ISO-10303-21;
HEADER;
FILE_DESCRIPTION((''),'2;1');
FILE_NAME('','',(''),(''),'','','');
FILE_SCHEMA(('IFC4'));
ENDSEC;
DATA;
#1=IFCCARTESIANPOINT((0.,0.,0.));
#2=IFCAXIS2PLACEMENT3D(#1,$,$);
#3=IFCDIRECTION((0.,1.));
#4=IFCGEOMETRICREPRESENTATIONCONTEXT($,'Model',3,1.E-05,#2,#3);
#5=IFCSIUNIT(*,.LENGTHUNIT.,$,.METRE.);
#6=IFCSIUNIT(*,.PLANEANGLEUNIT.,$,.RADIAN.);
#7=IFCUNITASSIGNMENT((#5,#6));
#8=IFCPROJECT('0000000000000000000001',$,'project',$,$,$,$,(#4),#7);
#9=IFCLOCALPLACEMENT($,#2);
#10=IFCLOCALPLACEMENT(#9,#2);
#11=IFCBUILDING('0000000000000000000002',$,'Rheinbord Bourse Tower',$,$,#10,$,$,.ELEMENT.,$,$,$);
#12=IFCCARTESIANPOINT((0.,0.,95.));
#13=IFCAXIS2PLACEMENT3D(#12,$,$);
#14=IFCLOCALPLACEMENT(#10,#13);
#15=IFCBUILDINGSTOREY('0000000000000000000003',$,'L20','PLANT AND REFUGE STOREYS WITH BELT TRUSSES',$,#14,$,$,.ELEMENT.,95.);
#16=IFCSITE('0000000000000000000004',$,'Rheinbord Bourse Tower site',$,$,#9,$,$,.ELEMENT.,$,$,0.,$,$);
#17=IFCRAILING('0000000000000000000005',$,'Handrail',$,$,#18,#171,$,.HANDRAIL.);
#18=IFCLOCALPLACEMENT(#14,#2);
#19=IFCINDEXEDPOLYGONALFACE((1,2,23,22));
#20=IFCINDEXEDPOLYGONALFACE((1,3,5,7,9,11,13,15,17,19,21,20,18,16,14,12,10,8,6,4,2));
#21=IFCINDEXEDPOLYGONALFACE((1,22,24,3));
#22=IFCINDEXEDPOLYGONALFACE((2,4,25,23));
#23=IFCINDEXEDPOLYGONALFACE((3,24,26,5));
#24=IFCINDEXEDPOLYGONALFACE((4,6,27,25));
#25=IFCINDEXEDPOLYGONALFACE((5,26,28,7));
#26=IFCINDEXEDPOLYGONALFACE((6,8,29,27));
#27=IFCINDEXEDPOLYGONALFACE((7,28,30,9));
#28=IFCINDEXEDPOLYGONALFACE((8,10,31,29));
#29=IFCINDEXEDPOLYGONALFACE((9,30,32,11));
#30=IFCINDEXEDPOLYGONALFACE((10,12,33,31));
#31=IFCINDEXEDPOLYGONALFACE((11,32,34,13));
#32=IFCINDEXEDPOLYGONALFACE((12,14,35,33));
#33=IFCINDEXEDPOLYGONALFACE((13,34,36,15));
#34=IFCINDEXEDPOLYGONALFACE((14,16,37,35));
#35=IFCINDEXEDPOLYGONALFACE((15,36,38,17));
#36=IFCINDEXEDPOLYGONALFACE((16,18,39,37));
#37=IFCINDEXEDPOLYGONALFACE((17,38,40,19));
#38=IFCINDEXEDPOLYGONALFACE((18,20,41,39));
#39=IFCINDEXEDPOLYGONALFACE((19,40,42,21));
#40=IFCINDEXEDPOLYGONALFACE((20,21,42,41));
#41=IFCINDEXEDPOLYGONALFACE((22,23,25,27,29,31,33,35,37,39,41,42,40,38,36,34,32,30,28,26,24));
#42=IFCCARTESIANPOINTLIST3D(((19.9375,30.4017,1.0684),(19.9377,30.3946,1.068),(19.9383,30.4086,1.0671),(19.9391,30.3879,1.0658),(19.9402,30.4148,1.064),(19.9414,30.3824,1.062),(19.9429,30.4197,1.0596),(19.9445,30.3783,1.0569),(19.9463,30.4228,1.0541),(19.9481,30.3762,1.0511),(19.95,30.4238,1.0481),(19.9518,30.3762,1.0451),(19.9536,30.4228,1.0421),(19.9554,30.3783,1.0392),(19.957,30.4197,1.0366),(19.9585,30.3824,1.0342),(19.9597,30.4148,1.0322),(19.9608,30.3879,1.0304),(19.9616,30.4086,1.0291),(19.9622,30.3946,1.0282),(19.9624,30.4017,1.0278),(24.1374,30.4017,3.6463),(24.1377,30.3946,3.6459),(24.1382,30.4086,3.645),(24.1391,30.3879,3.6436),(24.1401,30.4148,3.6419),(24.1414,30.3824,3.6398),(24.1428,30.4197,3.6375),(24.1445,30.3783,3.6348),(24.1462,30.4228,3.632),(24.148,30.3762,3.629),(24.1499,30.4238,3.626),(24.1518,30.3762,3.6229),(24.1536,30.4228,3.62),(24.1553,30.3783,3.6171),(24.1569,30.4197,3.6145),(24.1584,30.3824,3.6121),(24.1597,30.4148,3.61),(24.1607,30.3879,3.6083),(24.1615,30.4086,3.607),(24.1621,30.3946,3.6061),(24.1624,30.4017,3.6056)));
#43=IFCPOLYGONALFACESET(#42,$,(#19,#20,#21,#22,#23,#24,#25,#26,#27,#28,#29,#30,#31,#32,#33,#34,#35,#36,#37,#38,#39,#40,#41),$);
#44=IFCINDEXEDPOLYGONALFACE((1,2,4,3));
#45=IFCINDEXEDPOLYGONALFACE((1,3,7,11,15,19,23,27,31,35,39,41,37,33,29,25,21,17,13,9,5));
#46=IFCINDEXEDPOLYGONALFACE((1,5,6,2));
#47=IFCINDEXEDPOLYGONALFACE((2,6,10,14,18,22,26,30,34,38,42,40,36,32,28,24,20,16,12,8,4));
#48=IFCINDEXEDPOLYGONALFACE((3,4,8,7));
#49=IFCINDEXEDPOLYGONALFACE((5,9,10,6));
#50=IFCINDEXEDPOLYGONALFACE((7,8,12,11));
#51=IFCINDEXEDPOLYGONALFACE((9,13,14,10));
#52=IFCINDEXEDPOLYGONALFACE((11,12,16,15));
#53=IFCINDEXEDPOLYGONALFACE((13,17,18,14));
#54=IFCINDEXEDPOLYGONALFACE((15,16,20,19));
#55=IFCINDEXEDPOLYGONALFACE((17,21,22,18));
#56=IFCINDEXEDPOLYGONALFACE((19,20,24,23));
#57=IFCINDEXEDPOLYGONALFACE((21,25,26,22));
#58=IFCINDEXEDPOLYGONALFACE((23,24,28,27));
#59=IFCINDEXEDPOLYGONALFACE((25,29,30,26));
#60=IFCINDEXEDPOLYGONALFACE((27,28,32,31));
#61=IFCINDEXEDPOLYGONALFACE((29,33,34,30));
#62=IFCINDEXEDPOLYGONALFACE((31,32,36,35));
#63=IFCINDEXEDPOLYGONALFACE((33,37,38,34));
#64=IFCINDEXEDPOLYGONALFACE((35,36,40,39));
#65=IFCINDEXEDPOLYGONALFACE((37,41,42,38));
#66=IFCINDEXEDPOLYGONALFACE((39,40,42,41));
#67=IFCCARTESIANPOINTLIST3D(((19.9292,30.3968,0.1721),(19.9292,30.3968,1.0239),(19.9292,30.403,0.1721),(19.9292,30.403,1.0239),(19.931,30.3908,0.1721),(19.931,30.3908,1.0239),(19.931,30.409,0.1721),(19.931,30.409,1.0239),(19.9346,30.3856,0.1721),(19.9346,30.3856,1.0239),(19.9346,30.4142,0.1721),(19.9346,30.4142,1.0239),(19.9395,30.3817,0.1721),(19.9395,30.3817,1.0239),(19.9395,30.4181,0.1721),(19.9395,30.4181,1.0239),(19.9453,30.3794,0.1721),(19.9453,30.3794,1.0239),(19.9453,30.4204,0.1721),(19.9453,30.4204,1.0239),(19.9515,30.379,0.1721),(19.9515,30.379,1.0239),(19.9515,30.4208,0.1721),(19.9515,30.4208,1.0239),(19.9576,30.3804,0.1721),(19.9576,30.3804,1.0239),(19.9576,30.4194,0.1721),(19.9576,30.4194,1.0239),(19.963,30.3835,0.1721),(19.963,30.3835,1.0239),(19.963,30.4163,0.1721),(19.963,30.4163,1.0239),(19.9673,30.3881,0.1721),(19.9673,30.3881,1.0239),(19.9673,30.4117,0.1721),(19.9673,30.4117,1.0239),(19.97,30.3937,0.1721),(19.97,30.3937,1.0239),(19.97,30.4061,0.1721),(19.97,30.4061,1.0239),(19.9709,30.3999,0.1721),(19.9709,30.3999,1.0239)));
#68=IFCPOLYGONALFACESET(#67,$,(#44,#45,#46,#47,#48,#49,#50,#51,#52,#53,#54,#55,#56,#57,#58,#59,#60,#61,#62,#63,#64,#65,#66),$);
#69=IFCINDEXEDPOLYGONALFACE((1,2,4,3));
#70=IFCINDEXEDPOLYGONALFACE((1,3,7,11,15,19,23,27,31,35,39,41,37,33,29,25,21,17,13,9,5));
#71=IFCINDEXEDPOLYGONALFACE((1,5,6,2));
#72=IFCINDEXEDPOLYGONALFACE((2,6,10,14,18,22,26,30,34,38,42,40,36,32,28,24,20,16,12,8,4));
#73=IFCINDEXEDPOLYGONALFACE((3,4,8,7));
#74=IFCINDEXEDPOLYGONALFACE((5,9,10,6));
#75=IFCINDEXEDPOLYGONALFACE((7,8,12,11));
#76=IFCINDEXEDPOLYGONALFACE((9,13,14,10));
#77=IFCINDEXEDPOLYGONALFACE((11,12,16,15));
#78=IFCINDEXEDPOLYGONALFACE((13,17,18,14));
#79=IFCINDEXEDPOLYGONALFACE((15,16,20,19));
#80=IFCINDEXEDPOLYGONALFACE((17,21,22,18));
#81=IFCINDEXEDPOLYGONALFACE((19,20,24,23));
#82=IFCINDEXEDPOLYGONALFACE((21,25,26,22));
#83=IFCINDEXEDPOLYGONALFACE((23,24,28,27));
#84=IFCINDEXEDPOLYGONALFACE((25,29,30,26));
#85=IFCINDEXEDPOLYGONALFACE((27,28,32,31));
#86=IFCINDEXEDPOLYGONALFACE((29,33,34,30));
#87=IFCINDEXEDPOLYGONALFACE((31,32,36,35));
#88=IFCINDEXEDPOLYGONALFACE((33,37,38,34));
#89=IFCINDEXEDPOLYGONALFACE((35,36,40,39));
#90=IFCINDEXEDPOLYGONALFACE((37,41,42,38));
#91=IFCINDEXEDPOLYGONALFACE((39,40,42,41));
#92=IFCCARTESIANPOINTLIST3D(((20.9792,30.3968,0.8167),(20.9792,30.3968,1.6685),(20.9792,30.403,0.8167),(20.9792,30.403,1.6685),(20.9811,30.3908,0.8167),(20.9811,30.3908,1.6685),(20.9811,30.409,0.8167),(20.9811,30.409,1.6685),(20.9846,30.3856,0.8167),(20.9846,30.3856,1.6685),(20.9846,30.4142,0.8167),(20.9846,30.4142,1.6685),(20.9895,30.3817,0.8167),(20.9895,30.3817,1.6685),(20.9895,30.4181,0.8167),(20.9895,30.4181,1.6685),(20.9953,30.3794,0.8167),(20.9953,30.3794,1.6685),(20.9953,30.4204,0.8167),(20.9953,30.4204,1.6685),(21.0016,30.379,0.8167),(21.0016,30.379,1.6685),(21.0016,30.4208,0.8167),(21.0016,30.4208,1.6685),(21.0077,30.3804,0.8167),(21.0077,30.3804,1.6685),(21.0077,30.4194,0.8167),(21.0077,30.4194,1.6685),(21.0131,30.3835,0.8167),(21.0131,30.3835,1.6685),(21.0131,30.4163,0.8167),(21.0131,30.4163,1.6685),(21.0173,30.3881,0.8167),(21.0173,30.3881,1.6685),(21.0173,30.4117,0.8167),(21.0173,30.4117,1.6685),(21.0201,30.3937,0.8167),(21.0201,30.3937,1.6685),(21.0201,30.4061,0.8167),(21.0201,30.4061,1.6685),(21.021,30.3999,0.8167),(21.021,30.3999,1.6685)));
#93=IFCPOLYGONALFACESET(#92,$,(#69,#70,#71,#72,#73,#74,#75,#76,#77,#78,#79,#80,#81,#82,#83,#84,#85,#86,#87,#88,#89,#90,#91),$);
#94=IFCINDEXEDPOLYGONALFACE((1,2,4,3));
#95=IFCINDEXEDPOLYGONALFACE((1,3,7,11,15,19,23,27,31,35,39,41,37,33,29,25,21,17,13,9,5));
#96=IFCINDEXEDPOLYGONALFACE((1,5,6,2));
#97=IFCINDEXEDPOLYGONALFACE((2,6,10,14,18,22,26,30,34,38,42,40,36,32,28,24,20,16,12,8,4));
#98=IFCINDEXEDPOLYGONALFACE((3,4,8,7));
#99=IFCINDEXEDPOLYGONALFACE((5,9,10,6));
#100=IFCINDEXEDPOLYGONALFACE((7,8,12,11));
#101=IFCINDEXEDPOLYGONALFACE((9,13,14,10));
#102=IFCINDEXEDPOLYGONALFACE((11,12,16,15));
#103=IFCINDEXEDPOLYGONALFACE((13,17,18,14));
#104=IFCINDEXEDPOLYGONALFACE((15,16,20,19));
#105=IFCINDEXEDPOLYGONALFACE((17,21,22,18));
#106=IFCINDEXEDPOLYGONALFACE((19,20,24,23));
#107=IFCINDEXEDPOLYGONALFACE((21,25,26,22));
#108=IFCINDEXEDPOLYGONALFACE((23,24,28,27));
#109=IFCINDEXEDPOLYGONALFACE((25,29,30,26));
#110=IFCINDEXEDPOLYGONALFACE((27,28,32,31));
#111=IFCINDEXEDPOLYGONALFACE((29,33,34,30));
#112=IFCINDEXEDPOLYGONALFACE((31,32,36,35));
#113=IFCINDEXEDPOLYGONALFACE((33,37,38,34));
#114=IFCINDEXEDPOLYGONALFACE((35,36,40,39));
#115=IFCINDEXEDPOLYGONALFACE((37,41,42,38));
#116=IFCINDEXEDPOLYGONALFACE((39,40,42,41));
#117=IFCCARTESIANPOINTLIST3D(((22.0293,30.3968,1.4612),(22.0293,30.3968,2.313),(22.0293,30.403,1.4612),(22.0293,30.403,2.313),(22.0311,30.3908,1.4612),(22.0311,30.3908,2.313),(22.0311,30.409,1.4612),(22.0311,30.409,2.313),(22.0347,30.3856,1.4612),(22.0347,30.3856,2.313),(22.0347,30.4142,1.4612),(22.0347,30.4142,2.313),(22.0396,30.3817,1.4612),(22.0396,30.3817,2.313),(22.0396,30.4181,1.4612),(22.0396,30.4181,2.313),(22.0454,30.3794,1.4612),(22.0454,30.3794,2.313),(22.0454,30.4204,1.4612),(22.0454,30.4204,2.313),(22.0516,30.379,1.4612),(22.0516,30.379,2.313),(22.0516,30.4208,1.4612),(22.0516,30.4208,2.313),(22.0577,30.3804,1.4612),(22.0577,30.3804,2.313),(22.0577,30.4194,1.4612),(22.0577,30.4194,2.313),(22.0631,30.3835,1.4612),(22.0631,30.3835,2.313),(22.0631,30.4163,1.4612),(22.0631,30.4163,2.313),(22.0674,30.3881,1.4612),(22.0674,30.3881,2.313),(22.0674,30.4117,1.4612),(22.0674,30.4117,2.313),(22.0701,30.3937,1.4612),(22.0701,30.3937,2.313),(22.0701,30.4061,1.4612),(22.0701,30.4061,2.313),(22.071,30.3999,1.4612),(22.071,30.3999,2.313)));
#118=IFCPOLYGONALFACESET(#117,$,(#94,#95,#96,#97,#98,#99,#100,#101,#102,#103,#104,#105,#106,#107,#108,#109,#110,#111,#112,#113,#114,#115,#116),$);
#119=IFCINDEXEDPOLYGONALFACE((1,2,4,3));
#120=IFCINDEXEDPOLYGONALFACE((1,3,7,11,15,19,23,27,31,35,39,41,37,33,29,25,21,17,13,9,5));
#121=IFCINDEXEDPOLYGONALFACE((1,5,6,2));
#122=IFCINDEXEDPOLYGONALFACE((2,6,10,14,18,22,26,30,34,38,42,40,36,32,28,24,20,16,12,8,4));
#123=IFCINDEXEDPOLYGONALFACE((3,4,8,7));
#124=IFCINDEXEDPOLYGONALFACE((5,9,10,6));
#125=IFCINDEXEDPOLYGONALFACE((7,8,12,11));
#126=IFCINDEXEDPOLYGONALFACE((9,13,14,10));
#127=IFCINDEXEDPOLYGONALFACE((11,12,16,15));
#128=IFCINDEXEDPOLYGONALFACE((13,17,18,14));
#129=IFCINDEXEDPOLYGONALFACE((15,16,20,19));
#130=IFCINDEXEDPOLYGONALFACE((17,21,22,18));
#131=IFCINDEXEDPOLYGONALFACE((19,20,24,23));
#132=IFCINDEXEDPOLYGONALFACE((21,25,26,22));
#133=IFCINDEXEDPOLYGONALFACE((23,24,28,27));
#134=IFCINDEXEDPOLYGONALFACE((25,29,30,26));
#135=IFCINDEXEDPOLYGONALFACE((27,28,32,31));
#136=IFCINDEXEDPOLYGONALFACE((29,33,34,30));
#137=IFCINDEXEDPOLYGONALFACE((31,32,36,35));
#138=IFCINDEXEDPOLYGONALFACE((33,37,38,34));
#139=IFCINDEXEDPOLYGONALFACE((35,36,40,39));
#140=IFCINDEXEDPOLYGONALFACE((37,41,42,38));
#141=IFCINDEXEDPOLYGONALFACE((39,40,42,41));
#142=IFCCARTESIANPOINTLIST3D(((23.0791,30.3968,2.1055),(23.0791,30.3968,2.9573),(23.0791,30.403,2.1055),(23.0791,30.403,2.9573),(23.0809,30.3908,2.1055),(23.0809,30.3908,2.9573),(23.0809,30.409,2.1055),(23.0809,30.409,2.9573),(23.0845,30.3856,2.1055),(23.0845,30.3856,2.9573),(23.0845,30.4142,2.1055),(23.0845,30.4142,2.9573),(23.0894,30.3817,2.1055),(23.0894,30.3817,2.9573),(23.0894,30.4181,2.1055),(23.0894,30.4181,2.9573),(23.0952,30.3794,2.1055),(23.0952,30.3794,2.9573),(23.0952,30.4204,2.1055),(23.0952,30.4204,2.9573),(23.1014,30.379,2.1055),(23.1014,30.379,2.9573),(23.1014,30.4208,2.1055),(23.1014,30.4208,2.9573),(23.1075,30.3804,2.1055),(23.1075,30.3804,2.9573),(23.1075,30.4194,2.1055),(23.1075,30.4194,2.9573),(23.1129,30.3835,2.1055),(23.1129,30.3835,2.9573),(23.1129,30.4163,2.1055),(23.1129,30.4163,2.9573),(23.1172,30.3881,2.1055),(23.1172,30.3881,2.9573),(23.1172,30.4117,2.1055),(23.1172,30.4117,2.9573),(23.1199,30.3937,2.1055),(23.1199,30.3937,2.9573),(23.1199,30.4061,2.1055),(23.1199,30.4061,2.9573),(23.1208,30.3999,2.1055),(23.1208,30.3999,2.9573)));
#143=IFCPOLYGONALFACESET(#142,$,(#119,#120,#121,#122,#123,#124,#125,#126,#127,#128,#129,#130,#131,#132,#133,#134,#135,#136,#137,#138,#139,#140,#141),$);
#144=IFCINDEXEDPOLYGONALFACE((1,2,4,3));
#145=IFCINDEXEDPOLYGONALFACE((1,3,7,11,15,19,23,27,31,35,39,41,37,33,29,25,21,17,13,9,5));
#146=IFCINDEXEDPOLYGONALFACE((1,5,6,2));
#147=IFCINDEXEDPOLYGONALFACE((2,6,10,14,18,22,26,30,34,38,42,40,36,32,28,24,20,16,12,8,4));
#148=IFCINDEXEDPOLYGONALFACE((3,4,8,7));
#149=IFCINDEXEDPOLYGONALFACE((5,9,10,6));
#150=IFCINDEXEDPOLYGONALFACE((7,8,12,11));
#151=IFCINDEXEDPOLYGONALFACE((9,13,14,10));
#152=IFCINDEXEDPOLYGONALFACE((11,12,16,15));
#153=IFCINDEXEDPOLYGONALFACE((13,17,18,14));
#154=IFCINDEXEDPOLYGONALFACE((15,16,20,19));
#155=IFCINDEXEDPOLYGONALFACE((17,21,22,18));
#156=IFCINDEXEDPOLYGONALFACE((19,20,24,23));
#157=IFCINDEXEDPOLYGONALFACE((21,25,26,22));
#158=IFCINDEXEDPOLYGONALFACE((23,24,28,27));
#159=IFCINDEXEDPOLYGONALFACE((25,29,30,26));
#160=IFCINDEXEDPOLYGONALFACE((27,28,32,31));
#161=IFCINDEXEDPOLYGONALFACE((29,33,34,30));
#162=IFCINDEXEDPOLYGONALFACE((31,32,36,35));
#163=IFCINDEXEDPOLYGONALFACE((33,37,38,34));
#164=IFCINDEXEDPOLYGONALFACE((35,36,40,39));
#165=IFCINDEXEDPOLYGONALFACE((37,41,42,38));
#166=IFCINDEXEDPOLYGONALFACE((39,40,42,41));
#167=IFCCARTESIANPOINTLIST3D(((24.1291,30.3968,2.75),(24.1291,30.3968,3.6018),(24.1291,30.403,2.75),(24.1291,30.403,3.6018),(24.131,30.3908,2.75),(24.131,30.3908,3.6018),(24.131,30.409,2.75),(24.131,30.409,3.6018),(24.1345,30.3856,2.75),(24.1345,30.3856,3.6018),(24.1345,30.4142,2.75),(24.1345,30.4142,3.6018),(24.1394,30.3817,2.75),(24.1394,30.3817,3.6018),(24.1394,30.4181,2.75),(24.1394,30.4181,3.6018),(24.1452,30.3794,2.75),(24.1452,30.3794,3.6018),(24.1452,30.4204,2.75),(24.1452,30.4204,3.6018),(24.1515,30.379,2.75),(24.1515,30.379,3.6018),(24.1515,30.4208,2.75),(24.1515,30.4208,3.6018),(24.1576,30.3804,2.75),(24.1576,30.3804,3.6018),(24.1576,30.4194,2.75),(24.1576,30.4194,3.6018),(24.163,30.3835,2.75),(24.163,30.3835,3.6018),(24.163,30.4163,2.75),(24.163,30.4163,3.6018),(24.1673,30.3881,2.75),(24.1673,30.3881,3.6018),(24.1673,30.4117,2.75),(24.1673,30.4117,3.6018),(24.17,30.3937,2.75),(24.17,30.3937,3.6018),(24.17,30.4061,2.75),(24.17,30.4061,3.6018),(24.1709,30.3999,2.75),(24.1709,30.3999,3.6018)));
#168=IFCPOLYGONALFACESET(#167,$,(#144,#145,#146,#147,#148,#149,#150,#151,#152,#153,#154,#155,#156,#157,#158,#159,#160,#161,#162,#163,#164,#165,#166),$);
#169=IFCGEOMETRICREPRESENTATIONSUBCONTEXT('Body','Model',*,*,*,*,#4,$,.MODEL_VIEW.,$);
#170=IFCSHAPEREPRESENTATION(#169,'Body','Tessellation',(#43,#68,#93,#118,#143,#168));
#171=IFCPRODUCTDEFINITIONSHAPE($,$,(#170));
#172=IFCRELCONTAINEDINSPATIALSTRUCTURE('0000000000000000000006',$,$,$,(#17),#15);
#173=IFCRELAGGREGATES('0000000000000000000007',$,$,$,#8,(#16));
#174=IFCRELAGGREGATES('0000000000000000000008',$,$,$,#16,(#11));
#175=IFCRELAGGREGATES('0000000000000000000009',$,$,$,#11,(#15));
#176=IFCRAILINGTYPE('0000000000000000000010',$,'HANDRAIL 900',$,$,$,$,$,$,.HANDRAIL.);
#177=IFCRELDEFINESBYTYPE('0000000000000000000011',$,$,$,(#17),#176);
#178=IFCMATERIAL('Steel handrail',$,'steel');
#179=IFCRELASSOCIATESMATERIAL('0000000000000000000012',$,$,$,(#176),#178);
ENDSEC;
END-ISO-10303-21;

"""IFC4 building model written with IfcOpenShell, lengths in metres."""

from ifc_helpers import new_model, si_unit, direction, frame, origin, origin_2d, place, context, subcontext, project, spatial, circle, extrude, material, type_object, element, save


model = new_model("IFC4")

# Units and contexts
model_context = context("Model", 3, precision=1e-05, world=origin(), true_north=direction((0.0, 1.0)))
body_context = subcontext(model_context, "Body", "Model", "MODEL_VIEW")
ifc_project = project(units=[si_unit("LENGTHUNIT", "METRE"), si_unit("PLANEANGLEUNIT", "RADIAN")], contexts=[model_context])

# Site, building, storey
site_placement = place(None, origin())
site = spatial("IfcSite", under=ifc_project, at=site_placement, Name="Rheinbord Bourse Tower site", CompositionType="ELEMENT", RefElevation=0.0)
building_placement = place(site_placement, origin())
building = spatial("IfcBuilding", under=site, at=building_placement, Name="Rheinbord Bourse Tower", CompositionType="ELEMENT")
storey_placement = place(building_placement, frame((0.0, 0.0, 95.0)))
storey = spatial("IfcBuildingStorey", under=building, at=storey_placement, Name="L20", Description="PLANT AND REFUGE STOREYS WITH BELT TRUSSES", CompositionType="ELEMENT", Elevation=95.0)

# Railing
ifc_material_1 = material(Name="Steel handrail", Category="steel")
railing_type = type_object("IfcRailingType", Name="HANDRAIL 900", PredefinedType="HANDRAIL", material=ifc_material_1)
railing_1_placement = place(storey_placement, frame((19.95, 30.3999, 0.1721)))
element("IfcRailing", 1, at=railing_1_placement, inside=storey, type_object=railing_type, Name="Handrail", PredefinedType="HANDRAIL", context=body_context, shape_type="SweptSolid", body=[
    extrude(circle(Radius=0.0239, at=origin_2d()), frame((0.0, 0.0, 0.876), z_axis=(0.852265, 0.0, 0.52311), x_axis=(0.0, 1.0, 0.0)), (0.0, 0.0, 1.0), 4.928),
    extrude(circle(Radius=0.021, at=origin_2d()), origin(), (0.0, 0.0, 1.0), 0.8518),
    extrude(circle(Radius=0.021, at=origin_2d()), frame((1.05, 0.0, 0.6445)), (0.0, 0.0, 1.0), 0.8518),
    extrude(circle(Radius=0.021, at=origin_2d()), frame((2.1001, 0.0, 1.2891)), (0.0, 0.0, 1.0), 0.8518),
    extrude(circle(Radius=0.021, at=origin_2d()), frame((3.1499, 0.0, 1.9333)), (0.0, 0.0, 1.0), 0.8518),
    extrude(circle(Radius=0.021, at=origin_2d()), frame((4.2, 0.0, 2.5779)), (0.0, 0.0, 1.0), 0.8518),
])

save(model, "model.ifc")
